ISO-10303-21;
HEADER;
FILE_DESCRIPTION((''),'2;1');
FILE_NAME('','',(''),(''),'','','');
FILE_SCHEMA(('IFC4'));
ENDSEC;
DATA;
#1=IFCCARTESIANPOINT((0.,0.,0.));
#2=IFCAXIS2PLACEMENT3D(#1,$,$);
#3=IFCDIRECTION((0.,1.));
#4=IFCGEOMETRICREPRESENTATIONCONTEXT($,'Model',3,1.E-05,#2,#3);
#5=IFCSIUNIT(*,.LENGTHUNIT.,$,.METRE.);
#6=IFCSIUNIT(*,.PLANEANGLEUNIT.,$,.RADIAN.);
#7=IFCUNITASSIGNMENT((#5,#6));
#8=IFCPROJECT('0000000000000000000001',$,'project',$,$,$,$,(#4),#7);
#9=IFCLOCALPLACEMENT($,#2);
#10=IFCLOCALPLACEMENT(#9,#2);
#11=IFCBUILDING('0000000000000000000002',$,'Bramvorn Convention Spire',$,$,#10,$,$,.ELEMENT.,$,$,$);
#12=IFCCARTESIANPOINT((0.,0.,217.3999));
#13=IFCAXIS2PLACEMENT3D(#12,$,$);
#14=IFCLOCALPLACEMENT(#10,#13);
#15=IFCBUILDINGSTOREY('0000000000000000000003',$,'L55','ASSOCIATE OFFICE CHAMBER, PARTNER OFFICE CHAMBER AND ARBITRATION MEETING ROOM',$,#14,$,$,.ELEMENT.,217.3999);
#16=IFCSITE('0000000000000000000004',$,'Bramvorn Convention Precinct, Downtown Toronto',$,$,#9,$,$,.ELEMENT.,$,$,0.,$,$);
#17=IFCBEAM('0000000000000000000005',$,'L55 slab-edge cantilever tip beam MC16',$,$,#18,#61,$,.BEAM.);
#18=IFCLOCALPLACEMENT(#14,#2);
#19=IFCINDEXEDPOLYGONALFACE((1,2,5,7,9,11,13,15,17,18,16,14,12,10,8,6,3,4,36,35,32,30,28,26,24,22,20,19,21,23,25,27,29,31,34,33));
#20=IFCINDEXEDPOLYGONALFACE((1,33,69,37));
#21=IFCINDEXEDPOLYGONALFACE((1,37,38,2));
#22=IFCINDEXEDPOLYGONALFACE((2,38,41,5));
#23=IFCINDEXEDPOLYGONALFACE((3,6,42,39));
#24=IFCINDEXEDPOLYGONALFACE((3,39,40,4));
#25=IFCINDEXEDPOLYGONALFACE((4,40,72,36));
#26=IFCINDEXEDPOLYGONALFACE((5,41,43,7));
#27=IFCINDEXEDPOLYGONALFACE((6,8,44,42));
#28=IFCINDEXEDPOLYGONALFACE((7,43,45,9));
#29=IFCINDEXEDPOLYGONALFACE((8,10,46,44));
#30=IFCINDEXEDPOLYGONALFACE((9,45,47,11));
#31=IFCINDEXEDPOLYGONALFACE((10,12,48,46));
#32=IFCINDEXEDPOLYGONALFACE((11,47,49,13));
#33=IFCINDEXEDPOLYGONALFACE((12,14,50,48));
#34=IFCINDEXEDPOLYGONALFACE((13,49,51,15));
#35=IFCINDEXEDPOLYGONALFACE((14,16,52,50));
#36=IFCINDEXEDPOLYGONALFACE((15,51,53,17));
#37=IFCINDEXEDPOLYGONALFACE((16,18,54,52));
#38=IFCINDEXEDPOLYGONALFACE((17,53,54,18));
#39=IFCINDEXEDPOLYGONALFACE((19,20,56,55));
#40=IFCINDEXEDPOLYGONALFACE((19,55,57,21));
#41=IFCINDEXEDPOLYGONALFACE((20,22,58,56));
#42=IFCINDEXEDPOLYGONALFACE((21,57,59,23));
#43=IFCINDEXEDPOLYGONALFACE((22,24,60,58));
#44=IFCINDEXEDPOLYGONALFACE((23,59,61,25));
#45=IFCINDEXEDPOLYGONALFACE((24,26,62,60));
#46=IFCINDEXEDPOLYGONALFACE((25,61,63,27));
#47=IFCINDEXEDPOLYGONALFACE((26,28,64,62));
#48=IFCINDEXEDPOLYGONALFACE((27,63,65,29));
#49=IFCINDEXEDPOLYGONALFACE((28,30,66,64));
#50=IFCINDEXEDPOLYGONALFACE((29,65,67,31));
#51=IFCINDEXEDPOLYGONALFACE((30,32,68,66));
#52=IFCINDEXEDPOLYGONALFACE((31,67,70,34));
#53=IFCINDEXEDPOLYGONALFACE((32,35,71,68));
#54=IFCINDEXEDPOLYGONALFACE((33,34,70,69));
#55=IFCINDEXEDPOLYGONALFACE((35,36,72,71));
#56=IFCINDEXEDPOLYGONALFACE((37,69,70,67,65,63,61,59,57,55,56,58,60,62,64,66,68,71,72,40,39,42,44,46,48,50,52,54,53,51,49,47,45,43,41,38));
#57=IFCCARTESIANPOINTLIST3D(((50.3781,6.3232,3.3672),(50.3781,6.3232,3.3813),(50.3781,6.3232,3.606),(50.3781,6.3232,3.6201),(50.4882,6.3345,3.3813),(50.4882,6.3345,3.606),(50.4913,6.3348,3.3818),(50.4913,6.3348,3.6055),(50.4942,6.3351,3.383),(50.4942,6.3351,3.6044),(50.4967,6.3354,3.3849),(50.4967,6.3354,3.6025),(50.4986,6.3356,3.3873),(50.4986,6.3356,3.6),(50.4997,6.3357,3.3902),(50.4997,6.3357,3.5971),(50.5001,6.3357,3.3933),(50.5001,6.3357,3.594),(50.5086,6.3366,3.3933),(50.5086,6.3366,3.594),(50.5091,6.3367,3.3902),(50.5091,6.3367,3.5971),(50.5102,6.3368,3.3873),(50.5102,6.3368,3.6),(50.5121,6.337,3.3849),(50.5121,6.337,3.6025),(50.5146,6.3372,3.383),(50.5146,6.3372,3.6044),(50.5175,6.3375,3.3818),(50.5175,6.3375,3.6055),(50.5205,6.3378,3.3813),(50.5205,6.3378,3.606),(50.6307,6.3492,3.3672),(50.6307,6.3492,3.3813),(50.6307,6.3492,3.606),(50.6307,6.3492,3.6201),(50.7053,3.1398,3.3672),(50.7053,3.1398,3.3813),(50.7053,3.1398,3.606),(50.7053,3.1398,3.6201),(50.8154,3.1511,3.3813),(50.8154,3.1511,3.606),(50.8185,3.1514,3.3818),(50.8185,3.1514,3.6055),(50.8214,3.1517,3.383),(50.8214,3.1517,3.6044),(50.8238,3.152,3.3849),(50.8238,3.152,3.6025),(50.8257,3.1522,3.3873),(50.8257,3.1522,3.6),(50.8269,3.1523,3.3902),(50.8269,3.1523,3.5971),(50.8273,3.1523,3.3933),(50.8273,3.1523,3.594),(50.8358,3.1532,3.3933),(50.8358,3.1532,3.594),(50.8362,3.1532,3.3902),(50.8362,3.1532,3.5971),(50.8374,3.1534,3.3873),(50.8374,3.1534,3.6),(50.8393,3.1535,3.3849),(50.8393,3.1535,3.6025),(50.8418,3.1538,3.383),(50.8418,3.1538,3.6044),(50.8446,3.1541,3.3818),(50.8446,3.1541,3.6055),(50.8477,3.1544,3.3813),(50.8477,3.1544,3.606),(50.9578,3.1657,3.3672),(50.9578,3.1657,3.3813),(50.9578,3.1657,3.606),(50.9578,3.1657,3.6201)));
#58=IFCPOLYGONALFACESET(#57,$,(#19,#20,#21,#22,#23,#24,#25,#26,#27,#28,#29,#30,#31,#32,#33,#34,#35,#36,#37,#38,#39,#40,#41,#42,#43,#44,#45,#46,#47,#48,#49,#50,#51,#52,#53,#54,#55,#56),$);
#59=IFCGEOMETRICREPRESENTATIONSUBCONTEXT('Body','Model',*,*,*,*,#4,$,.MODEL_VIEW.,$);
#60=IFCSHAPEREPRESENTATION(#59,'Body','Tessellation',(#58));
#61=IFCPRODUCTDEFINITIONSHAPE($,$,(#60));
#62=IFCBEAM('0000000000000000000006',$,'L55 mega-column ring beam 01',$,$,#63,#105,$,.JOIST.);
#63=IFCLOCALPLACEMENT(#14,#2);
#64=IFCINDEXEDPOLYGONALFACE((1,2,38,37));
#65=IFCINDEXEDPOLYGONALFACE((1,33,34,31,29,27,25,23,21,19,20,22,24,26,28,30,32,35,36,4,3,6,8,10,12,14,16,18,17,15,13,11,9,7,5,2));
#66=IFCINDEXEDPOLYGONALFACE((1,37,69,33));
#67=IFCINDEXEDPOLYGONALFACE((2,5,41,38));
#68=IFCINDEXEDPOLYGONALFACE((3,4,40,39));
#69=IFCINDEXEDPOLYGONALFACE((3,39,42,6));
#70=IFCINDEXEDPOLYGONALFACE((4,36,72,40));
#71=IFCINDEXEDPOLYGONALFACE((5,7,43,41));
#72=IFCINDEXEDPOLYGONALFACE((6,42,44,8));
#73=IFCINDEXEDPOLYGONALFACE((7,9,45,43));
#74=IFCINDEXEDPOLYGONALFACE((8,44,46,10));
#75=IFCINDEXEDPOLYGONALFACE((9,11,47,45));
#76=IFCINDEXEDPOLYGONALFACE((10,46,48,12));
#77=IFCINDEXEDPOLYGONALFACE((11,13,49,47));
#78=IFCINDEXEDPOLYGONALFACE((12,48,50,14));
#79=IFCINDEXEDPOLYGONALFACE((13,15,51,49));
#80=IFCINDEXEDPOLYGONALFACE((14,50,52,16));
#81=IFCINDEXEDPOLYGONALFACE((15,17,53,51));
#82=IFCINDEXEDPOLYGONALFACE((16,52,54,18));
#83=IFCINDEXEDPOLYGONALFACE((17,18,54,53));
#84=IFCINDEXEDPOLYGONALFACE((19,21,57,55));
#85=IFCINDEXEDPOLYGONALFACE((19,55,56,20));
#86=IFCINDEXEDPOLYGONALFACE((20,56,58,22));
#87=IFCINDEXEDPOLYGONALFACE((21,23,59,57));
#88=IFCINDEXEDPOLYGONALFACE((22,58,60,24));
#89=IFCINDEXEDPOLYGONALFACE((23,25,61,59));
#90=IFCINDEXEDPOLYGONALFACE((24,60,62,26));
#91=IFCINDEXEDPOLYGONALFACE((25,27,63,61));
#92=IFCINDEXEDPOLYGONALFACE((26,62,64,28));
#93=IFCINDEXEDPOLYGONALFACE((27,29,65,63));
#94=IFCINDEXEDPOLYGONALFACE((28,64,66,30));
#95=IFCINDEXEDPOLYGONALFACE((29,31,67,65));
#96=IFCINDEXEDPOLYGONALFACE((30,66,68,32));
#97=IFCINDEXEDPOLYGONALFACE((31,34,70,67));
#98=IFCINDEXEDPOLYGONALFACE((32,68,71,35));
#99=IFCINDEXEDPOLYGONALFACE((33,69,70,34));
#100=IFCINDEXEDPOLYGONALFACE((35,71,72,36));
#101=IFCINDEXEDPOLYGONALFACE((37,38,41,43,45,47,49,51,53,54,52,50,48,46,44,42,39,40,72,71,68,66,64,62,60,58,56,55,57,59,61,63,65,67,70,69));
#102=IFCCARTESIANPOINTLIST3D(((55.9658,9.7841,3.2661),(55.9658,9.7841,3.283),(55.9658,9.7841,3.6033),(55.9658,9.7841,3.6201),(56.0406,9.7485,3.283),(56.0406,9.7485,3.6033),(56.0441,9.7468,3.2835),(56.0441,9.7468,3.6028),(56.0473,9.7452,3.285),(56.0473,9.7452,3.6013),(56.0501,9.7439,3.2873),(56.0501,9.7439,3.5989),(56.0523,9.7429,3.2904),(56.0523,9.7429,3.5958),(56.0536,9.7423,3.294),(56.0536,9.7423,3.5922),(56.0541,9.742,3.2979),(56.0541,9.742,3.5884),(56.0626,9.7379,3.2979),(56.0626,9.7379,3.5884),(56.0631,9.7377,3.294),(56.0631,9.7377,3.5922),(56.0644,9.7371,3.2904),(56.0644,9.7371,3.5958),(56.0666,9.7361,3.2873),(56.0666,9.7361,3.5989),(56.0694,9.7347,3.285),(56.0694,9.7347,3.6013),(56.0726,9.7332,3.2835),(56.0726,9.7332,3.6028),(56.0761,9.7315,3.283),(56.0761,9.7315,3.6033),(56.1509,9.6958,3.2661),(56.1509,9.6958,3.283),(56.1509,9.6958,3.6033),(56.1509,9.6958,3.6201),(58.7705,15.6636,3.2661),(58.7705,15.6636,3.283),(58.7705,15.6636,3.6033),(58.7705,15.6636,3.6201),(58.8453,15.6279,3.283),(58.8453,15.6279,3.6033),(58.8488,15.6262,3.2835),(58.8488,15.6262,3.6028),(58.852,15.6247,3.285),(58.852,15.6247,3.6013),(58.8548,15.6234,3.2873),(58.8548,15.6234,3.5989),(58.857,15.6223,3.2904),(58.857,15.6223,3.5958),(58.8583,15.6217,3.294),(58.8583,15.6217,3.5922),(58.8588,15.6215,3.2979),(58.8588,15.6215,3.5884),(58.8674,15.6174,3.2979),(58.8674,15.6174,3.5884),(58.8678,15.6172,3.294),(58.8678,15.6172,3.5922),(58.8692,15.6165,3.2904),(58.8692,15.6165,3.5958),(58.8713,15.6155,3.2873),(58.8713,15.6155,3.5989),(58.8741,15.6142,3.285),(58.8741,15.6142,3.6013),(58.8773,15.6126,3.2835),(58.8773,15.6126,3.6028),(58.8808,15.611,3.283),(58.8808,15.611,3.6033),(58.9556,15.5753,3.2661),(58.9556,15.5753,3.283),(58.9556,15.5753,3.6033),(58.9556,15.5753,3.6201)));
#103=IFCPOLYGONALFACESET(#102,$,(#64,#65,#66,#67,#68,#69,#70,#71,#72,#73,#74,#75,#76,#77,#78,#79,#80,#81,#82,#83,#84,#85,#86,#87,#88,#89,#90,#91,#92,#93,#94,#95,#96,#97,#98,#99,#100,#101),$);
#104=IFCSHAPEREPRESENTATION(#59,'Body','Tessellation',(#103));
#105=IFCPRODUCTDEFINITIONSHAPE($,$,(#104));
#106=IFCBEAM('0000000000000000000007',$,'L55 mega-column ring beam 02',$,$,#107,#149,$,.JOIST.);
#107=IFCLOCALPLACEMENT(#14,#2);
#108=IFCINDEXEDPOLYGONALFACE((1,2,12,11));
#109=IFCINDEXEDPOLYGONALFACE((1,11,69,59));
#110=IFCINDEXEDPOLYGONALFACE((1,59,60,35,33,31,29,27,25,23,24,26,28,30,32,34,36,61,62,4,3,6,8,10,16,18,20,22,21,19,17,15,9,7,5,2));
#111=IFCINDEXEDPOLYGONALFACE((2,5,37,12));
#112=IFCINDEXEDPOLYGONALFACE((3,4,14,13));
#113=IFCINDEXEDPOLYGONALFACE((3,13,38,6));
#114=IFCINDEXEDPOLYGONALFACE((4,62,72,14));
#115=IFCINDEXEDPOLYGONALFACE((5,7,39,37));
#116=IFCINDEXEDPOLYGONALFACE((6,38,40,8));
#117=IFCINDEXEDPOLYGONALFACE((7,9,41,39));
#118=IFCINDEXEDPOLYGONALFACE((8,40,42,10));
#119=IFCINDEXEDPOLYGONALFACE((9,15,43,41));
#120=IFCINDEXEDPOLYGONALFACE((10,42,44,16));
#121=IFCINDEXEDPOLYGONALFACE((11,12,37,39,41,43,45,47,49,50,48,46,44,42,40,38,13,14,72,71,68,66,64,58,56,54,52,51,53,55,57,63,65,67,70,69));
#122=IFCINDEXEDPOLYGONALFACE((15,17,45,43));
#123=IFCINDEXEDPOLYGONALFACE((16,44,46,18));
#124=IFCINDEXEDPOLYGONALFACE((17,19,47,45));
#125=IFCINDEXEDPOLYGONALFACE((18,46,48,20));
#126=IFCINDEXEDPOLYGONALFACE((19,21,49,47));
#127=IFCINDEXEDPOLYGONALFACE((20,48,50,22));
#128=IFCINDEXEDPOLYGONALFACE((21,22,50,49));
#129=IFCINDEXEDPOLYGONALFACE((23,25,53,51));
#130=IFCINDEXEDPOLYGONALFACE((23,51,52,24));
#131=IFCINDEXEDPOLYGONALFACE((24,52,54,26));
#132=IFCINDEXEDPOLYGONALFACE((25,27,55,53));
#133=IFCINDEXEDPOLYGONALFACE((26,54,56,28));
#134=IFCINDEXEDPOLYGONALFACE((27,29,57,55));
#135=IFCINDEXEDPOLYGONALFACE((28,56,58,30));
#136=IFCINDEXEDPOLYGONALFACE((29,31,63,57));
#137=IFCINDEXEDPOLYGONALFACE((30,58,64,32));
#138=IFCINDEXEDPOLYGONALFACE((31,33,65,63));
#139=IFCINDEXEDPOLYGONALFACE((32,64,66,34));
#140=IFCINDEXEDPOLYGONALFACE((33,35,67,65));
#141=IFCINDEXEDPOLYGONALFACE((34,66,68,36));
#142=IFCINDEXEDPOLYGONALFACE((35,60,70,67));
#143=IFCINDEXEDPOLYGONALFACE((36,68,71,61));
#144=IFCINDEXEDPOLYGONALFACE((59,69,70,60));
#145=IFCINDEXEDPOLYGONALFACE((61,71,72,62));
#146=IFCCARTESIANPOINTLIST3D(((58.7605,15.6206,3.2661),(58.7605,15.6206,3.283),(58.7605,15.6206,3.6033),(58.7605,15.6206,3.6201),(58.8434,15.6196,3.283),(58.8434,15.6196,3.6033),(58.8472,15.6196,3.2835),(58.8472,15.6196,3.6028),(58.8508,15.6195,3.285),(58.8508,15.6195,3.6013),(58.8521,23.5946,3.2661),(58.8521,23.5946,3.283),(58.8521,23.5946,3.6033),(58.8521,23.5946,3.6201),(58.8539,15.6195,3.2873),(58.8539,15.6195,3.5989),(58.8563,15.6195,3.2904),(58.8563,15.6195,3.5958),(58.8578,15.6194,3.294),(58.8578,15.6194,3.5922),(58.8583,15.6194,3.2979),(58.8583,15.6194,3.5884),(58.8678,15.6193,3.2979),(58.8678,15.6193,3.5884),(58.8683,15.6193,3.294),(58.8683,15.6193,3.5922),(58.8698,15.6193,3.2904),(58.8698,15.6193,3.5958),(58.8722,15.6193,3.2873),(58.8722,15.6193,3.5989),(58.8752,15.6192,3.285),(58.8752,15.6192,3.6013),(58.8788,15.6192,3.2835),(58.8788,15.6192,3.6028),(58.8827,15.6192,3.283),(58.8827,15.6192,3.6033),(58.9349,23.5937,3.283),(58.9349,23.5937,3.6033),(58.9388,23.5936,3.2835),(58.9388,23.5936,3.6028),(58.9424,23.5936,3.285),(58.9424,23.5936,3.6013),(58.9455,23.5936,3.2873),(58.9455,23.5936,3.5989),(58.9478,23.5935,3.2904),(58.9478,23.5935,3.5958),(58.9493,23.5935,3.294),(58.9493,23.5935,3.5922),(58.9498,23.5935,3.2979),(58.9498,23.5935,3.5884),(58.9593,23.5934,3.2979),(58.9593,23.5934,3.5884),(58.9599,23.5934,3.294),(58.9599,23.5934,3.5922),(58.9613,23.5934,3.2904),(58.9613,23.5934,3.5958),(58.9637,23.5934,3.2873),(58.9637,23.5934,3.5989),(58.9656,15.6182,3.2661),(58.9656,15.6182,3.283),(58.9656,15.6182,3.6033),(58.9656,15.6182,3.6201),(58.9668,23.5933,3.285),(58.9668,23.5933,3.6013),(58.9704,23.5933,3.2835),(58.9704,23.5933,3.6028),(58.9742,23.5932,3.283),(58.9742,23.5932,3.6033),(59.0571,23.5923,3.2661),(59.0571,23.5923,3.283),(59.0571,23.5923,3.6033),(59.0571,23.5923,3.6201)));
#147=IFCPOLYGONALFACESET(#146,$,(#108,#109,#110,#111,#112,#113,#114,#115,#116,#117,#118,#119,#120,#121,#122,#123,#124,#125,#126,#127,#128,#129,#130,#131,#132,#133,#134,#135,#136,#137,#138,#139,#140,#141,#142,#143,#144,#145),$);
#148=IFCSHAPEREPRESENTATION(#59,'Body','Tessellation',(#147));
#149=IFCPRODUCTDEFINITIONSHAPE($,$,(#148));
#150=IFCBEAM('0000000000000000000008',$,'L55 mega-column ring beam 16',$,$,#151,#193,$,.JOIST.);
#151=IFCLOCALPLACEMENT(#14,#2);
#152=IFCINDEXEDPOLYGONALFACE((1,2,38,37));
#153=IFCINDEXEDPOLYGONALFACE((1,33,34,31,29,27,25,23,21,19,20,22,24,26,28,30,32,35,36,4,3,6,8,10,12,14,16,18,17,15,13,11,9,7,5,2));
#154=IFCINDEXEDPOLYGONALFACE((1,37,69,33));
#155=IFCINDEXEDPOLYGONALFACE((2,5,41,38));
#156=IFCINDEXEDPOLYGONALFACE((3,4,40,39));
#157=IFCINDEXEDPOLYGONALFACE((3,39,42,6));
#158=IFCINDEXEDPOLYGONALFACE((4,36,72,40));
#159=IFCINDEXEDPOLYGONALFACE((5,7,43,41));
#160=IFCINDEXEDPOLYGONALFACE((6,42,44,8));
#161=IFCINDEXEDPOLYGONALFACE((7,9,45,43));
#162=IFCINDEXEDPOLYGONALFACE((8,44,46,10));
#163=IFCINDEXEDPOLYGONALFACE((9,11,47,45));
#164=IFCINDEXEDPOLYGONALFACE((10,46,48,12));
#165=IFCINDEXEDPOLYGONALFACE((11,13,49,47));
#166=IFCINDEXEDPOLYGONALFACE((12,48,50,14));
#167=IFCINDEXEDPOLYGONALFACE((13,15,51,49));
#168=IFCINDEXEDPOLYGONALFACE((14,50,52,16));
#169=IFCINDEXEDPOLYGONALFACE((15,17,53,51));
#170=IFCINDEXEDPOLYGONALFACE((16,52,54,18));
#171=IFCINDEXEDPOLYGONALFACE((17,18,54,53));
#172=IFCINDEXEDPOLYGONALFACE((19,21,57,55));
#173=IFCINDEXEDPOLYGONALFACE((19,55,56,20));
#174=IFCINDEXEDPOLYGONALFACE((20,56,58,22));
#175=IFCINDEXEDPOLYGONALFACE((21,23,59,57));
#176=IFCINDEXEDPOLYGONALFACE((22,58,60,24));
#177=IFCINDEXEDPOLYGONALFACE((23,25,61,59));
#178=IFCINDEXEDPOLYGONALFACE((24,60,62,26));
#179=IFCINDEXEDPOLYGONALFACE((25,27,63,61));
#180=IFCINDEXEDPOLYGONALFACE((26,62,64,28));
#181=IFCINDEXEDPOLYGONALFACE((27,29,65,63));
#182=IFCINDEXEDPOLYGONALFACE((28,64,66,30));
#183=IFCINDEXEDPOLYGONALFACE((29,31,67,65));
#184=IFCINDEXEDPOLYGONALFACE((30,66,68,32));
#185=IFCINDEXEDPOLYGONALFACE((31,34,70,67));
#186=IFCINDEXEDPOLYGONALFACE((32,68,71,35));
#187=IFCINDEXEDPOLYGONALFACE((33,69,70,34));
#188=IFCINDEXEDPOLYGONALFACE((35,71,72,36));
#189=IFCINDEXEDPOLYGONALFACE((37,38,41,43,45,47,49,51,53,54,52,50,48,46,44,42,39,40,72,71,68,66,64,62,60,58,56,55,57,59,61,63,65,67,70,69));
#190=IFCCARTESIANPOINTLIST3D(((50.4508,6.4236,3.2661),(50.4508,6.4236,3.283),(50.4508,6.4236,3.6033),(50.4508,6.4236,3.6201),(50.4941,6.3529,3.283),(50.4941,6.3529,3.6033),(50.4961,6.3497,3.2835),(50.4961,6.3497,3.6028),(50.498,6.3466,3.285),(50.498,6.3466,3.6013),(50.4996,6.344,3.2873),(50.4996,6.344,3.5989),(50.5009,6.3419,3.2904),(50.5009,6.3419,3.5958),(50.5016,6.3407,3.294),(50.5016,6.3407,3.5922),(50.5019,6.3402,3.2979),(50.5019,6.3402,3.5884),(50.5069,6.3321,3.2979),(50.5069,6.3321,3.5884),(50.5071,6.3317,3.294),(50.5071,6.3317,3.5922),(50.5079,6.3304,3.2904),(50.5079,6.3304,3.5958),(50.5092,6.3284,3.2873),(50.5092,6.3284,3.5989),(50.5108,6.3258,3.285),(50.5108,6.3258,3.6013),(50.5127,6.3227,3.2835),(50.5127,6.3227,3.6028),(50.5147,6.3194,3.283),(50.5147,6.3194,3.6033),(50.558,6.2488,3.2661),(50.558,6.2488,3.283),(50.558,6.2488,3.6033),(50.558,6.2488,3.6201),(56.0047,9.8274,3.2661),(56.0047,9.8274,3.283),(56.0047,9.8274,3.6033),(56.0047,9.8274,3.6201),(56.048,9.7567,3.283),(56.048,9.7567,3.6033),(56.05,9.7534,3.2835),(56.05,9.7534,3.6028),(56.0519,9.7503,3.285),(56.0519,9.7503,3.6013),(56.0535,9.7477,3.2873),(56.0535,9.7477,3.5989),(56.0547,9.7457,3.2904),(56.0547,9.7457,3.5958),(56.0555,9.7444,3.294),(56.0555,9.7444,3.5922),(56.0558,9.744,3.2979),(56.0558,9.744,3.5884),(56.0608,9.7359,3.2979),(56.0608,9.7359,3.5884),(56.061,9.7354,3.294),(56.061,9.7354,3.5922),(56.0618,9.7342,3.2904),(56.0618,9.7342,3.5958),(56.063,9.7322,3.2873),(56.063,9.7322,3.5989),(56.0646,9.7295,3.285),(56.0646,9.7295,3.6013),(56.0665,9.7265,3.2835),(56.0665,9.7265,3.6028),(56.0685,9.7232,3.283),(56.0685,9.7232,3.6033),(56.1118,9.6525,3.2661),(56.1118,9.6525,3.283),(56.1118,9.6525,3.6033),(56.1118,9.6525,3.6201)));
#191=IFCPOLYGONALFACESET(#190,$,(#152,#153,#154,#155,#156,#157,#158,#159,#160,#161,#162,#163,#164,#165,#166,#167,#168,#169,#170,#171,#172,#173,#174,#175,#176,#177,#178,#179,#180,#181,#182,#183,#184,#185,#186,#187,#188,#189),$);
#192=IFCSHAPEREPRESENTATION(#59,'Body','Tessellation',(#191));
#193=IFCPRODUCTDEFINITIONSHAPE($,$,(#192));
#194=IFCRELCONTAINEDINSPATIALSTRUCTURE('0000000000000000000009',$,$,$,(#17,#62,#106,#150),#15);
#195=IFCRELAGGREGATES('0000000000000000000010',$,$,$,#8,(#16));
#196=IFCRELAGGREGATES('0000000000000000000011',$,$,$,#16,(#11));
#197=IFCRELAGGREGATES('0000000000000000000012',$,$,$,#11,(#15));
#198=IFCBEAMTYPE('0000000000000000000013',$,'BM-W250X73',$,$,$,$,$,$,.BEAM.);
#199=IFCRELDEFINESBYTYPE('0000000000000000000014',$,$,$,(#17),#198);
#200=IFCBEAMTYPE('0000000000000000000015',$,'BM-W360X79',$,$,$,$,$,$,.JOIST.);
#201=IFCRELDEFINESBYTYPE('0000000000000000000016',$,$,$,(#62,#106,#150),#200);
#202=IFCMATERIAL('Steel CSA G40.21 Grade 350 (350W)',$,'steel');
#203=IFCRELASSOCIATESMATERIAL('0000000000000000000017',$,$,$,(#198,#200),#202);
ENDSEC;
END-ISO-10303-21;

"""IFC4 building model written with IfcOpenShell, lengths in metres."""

from ifc_helpers import new_model, si_unit, direction, frame, origin, origin_2d, place, context, subcontext, project, spatial, i_section, extrude, material, material_profile, profile_set, type_object, element, save


model = new_model("IFC4")

# Units and contexts
model_context = context("Model", 3, precision=1e-05, world=origin(), true_north=direction((0.0, 1.0)))
body_context = subcontext(model_context, "Body", "Model", "MODEL_VIEW")
ifc_project = project(units=[si_unit("LENGTHUNIT", "METRE"), si_unit("PLANEANGLEUNIT", "RADIAN")], contexts=[model_context])

# Site, building, storey
site_placement = place(None, origin())
site = spatial("IfcSite", under=ifc_project, at=site_placement, Name="Bramvorn Convention Precinct, Downtown Toronto", CompositionType="ELEMENT", RefElevation=0.0)
building_placement = place(site_placement, origin())
building = spatial("IfcBuilding", under=site, at=building_placement, Name="Bramvorn Convention Spire", CompositionType="ELEMENT")
storey_placement = place(building_placement, frame((0.0, 0.0, 217.3999)))
storey = spatial("IfcBuildingStorey", under=building, at=storey_placement, Name="L55", Description="ASSOCIATE OFFICE CHAMBER, PARTNER OFFICE CHAMBER AND ARBITRATION MEETING ROOM", CompositionType="ELEMENT", Elevation=217.3999)

# Shared definitions
ifc_material_1 = material(Name="Steel CSA G40.21 Grade 350 (350W)", Category="steel")

# Beams
ifc_material_profile_1 = material_profile(ifc_material_1, i_section(OverallWidth=0.2539, OverallDepth=0.2529, WebThickness=0.0085, FlangeThickness=0.0142, FilletRadius=0.012, at=origin_2d()))
ifc_profile_set_1 = profile_set([ifc_material_profile_1], Name="Steel CSA G40.21 Grade 350 (350W) - W250X73")
beam_type_1 = type_object("IfcBeamType", Name="BM-W250X73", PredefinedType="BEAM", material=ifc_profile_set_1)
beam_1_placement = place(storey_placement, frame((50.5044, 6.3362, 3.4937), z_axis=(0.10223, -0.994761, 0.0), x_axis=(0.994761, 0.10223, 0.0)))
element("IfcBeam", 1, at=beam_1_placement, inside=storey, type_object=beam_type_1, Name="L55 slab-edge cantilever tip beam MC16", PredefinedType="BEAM", context=body_context, shape_type="SweptSolid", body=[
    extrude(i_section(OverallWidth=0.2539, OverallDepth=0.2529, WebThickness=0.0085, FlangeThickness=0.0142, FilletRadius=0.012, at=origin_2d()), origin(), (0.0, 0.0, 1.0), 3.2002),
])
ifc_material_profile_2 = material_profile(ifc_material_1, i_section(OverallWidth=0.2051, OverallDepth=0.354, WebThickness=0.0095, FlangeThickness=0.0168, FilletRadius=0.0149, at=origin_2d()))
ifc_profile_set_2 = profile_set([ifc_material_profile_2], Name="Steel CSA G40.21 Grade 350 (350W) - W360X79")
beam_type_2 = type_object("IfcBeamType", Name="BM-W360X79", PredefinedType="JOIST", material=ifc_profile_set_2)
beam_2_placement = place(storey_placement, frame((56.0583, 9.74, 3.4431), z_axis=(0.430556, 0.902564, 0.0), x_axis=(-0.902564, 0.430556, 0.0)))
element("IfcBeam", 2, at=beam_2_placement, inside=storey, type_object=beam_type_2, Name="L55 mega-column ring beam 01", PredefinedType="JOIST", context=body_context, shape_type="SweptSolid", body=[
    extrude(i_section(OverallWidth=0.2051, OverallDepth=0.354, WebThickness=0.0095, FlangeThickness=0.0168, FilletRadius=0.0149, at=origin_2d()), origin(), (0.0, 0.0, 1.0), 6.5142),
])
beam_3_placement = place(storey_placement, frame((58.863, 15.6194, 3.4431), z_axis=(0.01148, 0.999934, 0.0), x_axis=(-0.999934, 0.01148, 0.0)))
element("IfcBeam", 3, at=beam_3_placement, inside=storey, type_object=beam_type_2, Name="L55 mega-column ring beam 02", PredefinedType="JOIST", context=body_context, shape_type="SweptSolid", body=[
    extrude(i_section(OverallWidth=0.2051, OverallDepth=0.354, WebThickness=0.0095, FlangeThickness=0.0168, FilletRadius=0.0149, at=origin_2d()), origin(), (0.0, 0.0, 1.0), 7.9746),
])
beam_4_placement = place(storey_placement, frame((50.5044, 6.3362, 3.4431), z_axis=(0.852617, 0.522537, 0.0), x_axis=(-0.522537, 0.852617, 0.0)))
element("IfcBeam", 4, at=beam_4_placement, inside=storey, type_object=beam_type_2, Name="L55 mega-column ring beam 16", PredefinedType="JOIST", context=body_context, shape_type="SweptSolid", body=[
    extrude(i_section(OverallWidth=0.2051, OverallDepth=0.354, WebThickness=0.0095, FlangeThickness=0.0168, FilletRadius=0.0149, at=origin_2d()), origin(), (0.0, 0.0, 1.0), 6.5139),
])

save(model, "model.ifc")
